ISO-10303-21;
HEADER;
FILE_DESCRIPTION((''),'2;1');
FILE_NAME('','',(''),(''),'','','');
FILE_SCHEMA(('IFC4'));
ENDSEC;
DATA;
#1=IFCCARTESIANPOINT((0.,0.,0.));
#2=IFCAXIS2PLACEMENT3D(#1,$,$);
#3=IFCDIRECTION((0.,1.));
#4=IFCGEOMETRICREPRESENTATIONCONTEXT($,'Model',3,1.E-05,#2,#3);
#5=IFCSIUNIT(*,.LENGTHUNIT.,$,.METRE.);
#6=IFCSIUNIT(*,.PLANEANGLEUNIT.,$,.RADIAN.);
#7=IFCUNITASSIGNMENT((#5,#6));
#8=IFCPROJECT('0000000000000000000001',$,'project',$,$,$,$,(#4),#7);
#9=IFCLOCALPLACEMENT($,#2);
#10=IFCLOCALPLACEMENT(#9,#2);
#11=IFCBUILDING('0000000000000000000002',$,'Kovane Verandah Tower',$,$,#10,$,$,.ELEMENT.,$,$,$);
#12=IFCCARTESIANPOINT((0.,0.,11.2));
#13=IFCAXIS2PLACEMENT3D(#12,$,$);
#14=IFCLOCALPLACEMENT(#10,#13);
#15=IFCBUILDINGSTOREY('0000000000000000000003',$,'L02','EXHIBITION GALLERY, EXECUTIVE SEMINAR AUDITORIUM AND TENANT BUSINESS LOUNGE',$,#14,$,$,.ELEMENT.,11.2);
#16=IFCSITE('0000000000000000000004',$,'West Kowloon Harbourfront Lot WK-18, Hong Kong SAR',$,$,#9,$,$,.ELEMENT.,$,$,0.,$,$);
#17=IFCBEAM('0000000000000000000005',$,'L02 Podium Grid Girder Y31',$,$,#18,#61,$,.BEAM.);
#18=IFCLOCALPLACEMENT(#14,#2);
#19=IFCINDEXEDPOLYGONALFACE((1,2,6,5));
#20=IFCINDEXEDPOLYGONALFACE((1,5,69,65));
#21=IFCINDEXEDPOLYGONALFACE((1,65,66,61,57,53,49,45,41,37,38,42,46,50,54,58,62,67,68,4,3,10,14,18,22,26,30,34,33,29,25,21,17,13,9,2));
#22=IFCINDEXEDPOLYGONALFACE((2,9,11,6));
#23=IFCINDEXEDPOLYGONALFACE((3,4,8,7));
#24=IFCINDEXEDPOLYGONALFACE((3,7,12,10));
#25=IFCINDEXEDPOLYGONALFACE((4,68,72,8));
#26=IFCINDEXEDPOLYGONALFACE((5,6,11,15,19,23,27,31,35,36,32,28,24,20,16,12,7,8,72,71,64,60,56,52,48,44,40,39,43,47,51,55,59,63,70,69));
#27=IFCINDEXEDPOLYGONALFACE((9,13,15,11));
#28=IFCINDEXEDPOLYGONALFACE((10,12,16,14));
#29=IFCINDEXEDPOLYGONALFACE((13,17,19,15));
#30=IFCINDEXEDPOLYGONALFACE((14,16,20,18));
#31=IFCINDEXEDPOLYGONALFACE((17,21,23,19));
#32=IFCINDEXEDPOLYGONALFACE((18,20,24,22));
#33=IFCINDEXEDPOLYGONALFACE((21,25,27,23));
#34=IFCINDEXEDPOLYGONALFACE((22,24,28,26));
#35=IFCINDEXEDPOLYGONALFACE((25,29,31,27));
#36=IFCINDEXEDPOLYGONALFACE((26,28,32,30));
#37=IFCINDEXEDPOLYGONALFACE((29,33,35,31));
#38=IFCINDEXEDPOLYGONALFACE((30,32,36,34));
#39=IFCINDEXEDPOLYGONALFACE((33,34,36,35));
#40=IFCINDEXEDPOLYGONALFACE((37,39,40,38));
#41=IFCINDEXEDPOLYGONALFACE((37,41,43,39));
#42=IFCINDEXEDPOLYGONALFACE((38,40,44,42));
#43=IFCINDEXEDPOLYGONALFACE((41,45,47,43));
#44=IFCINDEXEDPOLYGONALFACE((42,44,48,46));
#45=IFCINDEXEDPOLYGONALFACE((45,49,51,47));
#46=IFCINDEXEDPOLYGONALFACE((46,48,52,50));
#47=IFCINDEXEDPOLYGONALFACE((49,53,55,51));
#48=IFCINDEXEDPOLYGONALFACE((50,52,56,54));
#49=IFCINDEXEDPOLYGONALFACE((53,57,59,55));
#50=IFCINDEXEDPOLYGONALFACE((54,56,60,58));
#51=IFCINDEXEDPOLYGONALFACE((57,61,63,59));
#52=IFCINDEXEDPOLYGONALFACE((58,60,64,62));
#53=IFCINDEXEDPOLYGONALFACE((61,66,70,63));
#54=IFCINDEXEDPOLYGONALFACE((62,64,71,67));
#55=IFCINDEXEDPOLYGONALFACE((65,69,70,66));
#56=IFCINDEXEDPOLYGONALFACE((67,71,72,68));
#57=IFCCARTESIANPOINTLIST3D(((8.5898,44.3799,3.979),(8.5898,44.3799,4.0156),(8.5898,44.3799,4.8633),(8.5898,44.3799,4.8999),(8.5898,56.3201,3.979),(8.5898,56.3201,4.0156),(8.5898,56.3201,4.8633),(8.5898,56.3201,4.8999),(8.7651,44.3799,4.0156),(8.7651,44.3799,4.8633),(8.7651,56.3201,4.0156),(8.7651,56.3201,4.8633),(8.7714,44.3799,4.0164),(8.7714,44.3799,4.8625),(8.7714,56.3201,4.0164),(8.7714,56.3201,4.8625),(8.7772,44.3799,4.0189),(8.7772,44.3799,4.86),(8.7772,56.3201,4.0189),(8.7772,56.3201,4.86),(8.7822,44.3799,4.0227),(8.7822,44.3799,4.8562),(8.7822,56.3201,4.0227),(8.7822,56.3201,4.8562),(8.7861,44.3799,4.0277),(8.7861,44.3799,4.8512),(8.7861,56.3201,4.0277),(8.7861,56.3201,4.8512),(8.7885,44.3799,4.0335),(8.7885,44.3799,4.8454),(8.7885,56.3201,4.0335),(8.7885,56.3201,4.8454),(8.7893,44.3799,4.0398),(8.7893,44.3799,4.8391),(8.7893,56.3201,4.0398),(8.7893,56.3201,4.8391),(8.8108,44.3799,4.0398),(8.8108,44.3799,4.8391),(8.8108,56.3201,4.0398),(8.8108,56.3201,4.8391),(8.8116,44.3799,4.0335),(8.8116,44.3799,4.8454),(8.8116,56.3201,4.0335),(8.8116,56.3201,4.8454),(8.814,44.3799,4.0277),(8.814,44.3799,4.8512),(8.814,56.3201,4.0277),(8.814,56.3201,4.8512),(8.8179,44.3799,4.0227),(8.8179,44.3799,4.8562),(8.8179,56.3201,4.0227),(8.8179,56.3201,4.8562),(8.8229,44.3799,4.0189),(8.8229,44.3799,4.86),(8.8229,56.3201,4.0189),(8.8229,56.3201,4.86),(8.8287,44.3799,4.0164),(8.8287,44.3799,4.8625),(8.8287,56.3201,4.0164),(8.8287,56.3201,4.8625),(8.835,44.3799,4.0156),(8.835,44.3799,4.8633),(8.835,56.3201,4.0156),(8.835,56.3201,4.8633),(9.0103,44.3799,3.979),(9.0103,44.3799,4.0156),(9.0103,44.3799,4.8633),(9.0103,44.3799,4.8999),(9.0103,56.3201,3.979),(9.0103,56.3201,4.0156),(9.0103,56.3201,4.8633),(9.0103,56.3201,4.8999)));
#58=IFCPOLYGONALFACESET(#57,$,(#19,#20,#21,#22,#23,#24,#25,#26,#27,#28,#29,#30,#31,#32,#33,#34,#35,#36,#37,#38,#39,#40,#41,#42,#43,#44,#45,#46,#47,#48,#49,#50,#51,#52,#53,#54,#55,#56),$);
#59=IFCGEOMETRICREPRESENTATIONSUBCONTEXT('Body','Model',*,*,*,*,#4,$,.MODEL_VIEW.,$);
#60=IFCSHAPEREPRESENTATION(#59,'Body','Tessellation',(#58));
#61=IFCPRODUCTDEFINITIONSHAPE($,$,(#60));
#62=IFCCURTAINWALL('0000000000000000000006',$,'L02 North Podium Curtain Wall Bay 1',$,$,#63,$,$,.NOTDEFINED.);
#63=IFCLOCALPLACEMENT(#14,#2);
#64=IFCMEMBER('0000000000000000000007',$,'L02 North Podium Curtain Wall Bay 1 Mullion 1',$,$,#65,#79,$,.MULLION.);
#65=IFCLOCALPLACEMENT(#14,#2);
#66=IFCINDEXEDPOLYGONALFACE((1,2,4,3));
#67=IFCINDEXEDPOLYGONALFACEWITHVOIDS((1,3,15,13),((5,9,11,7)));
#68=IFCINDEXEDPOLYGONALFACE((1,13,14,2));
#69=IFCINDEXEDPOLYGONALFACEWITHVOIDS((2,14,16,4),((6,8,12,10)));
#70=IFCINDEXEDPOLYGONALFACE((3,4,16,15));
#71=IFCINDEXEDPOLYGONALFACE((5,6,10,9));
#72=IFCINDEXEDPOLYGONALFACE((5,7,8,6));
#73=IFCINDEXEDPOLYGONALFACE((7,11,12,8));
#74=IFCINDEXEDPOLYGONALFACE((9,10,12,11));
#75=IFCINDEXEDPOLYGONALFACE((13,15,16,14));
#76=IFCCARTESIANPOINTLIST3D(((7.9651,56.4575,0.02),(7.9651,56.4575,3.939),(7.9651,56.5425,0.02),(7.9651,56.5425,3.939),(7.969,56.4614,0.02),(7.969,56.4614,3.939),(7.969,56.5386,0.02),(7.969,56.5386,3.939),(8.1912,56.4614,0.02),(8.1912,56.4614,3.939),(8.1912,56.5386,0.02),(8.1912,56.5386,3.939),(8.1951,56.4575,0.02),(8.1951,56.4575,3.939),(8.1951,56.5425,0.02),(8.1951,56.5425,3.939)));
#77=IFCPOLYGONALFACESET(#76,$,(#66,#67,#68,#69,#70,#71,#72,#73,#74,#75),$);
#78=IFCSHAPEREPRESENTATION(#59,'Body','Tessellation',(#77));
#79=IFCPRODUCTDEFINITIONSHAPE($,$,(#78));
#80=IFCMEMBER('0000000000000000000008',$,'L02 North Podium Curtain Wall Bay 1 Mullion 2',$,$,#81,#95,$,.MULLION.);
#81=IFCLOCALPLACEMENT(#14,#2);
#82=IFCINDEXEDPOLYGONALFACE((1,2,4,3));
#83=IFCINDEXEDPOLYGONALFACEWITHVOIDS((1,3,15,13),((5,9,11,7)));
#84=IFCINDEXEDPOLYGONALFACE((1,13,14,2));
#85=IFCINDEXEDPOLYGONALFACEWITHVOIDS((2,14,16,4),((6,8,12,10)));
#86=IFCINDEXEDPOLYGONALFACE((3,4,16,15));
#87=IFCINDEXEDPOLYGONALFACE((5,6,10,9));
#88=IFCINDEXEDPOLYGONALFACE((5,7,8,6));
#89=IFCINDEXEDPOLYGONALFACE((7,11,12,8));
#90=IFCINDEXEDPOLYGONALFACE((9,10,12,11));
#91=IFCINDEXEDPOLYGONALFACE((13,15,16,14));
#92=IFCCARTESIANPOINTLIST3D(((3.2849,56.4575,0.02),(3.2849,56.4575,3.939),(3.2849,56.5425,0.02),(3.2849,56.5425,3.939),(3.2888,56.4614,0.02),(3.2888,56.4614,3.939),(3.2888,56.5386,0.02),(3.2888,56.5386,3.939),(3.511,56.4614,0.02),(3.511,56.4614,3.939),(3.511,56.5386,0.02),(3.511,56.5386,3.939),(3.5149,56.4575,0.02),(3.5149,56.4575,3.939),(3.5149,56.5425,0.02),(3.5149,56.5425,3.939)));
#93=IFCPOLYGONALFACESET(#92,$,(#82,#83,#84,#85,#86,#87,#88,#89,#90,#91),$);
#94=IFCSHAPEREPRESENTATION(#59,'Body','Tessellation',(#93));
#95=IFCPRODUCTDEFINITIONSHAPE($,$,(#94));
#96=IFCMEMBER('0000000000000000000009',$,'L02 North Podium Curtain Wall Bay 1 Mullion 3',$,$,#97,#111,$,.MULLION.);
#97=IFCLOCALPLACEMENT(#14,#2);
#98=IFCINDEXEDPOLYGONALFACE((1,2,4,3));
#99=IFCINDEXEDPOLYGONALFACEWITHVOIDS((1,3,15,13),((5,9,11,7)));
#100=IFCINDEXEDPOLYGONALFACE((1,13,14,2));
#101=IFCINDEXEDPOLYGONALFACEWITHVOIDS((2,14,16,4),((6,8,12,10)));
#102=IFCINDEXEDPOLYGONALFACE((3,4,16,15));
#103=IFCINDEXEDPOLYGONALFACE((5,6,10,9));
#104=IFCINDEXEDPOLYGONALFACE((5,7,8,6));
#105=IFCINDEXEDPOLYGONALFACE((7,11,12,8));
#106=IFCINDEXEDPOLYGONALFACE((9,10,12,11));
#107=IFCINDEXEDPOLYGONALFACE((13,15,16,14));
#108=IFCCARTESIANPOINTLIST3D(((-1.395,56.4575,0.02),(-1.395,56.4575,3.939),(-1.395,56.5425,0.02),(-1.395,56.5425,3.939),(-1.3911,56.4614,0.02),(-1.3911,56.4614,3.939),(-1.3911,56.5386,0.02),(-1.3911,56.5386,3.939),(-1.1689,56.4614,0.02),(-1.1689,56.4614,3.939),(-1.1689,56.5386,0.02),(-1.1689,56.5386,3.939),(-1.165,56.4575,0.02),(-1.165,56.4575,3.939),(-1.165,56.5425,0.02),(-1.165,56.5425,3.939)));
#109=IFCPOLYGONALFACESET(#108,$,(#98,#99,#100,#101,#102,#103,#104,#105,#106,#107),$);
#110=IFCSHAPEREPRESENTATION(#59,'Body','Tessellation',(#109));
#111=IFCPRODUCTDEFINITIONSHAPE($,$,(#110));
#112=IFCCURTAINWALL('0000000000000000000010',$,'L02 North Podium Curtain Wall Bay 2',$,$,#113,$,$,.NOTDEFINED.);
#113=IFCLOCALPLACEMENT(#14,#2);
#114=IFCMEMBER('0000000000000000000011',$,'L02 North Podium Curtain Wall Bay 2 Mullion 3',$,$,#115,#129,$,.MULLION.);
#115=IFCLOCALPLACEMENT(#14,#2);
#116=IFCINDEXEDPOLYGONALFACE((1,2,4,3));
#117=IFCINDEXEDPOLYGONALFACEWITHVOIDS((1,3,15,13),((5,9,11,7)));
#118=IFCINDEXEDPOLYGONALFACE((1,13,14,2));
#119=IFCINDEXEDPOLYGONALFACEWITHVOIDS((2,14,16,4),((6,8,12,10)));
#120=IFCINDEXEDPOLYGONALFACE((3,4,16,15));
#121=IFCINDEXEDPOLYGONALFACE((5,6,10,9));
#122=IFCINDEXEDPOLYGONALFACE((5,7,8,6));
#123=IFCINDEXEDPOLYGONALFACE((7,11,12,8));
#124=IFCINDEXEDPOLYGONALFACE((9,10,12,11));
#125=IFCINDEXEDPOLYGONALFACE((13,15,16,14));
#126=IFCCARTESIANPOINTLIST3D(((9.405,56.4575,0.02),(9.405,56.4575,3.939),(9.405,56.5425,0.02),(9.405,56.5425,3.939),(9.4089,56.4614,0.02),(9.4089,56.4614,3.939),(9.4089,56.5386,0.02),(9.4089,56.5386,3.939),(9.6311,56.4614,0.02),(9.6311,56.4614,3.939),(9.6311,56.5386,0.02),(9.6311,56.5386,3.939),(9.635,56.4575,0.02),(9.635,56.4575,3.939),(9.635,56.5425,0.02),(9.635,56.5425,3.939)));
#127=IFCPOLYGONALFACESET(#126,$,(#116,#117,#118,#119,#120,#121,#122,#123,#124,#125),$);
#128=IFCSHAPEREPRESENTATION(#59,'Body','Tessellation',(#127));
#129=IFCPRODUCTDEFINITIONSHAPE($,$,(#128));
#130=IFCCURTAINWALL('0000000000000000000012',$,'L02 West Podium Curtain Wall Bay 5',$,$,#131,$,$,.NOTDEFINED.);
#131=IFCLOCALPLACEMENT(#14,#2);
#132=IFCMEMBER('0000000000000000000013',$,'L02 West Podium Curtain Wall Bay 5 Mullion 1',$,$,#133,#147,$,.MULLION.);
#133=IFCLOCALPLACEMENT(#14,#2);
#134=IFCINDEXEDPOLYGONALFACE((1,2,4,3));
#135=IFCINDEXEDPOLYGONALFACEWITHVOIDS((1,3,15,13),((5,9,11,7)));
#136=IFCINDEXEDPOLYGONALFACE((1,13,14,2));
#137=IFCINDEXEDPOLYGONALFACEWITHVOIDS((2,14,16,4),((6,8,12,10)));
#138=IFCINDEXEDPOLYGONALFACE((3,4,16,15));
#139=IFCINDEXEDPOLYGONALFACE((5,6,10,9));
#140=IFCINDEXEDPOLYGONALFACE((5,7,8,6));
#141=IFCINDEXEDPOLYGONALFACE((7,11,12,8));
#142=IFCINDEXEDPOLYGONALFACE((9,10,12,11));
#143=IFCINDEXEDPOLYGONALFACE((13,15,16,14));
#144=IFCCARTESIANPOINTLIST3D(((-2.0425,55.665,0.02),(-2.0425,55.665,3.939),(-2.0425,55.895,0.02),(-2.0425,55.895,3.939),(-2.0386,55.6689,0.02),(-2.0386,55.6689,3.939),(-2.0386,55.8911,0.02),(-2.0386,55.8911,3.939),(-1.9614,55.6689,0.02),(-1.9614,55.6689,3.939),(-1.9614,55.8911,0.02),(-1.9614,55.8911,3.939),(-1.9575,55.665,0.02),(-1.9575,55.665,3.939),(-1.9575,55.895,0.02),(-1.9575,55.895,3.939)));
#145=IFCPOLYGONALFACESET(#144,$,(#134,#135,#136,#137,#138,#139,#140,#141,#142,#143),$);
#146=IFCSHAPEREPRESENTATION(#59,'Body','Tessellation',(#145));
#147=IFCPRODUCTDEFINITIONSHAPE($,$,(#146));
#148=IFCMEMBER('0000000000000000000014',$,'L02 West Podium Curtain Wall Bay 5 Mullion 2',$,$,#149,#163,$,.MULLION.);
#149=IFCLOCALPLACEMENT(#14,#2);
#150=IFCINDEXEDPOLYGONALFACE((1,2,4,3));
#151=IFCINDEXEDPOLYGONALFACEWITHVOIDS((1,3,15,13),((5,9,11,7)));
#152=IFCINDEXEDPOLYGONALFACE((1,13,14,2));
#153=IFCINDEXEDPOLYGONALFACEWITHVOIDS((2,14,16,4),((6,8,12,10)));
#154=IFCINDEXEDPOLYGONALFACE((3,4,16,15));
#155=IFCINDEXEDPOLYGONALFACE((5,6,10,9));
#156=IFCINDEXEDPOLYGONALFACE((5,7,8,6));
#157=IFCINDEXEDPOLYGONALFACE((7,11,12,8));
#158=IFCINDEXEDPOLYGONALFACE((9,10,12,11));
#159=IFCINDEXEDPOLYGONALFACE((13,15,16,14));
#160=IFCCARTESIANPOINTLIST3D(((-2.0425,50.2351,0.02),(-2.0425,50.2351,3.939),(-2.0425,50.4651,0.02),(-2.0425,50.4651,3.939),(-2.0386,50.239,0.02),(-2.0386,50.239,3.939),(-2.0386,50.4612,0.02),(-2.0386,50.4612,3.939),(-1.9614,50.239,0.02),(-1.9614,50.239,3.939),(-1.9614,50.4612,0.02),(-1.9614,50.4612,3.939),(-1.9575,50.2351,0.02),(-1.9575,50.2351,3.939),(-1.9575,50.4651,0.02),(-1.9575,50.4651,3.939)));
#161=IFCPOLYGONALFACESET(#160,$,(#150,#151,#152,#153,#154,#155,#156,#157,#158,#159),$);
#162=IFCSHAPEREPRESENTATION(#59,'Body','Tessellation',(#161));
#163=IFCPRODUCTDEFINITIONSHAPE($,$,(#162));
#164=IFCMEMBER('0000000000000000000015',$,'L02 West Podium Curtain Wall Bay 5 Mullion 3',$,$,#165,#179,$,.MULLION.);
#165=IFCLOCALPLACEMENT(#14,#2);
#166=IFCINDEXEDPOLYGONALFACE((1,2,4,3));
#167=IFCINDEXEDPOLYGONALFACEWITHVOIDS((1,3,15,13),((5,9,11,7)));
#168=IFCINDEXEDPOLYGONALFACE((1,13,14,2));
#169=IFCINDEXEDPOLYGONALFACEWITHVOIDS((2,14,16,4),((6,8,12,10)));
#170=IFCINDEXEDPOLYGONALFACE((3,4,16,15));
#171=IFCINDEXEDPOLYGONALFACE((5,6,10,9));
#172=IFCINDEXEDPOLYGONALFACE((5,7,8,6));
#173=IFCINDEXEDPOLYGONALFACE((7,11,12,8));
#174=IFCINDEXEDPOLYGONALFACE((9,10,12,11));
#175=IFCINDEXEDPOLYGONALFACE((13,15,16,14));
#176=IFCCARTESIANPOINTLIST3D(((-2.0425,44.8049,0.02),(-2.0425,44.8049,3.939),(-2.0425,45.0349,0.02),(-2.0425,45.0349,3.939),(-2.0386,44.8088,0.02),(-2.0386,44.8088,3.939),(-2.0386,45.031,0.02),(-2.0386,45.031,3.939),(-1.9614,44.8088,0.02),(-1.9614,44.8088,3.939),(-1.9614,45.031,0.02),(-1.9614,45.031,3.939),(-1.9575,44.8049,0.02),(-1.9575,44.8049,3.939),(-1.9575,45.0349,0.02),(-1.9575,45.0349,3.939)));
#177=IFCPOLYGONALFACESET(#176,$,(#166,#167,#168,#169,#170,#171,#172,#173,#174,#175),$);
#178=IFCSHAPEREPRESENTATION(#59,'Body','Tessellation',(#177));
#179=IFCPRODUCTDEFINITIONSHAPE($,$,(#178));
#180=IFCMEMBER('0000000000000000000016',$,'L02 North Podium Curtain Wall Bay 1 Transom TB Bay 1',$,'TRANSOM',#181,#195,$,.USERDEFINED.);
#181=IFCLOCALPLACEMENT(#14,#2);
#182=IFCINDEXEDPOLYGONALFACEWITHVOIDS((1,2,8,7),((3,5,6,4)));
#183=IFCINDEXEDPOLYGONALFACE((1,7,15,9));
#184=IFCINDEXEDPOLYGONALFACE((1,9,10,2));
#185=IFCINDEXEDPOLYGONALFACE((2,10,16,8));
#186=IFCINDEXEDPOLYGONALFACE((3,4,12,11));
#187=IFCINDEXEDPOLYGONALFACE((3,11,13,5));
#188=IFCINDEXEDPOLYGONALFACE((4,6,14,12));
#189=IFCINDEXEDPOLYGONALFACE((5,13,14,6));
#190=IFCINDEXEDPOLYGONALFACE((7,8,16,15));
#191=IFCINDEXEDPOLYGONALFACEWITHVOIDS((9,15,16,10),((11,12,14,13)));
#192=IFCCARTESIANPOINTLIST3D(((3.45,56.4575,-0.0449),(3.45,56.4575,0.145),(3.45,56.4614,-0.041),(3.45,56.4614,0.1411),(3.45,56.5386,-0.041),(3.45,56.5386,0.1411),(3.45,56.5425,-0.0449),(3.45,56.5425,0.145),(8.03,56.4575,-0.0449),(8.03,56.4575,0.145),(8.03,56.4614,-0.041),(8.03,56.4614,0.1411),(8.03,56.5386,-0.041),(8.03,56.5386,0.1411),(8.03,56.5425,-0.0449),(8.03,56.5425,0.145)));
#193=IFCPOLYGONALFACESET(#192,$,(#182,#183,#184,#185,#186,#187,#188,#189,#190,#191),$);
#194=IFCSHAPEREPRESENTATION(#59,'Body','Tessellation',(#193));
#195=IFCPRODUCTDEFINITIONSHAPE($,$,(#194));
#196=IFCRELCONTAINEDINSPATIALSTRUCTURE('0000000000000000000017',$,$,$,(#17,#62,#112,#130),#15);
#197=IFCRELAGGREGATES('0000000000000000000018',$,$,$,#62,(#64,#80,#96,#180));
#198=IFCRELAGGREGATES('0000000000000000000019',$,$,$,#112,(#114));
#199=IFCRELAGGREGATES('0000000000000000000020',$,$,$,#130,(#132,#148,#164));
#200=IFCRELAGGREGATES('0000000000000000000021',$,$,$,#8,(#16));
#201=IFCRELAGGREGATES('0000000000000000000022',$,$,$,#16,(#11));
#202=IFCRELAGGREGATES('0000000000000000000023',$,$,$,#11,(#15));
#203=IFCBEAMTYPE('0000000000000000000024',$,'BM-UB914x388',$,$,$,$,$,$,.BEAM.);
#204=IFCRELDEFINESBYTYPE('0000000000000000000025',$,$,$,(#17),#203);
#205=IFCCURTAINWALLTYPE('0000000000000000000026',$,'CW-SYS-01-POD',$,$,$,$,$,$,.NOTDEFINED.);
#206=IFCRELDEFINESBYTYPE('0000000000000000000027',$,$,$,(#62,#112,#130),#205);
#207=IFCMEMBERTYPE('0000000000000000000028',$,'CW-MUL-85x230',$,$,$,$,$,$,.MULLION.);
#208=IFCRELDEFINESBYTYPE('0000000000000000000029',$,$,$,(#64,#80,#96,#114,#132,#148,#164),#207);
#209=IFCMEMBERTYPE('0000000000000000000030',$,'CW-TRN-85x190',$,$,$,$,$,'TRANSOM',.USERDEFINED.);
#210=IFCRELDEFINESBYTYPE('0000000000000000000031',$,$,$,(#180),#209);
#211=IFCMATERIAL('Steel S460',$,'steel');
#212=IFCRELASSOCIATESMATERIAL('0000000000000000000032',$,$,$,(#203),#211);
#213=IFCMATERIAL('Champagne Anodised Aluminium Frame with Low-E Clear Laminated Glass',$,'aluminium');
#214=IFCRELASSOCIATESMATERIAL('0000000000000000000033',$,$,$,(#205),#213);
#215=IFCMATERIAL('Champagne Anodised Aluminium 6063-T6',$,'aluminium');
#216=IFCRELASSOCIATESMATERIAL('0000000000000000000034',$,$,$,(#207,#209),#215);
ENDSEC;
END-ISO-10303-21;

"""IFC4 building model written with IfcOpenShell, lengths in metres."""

from ifc_helpers import new_model, si_unit, direction, frame, origin, origin_2d, place, context, subcontext, project, spatial, hollow_rectangle, i_section, extrude, material, material_profile, profile_set, type_object, element, aggregate, save


model = new_model("IFC4")

# Units and contexts
model_context = context("Model", 3, precision=1e-05, world=origin(), true_north=direction((0.0, 1.0)))
body_context = subcontext(model_context, "Body", "Model", "MODEL_VIEW")
ifc_project = project(units=[si_unit("LENGTHUNIT", "METRE"), si_unit("PLANEANGLEUNIT", "RADIAN")], contexts=[model_context])

# Site, building, storey
site_placement = place(None, origin())
site = spatial("IfcSite", under=ifc_project, at=site_placement, Name="West Kowloon Harbourfront Lot WK-18, Hong Kong SAR", CompositionType="ELEMENT", RefElevation=0.0)
building_placement = place(site_placement, origin())
building = spatial("IfcBuilding", under=site, at=building_placement, Name="Kovane Verandah Tower", CompositionType="ELEMENT")
storey_placement = place(building_placement, frame((0.0, 0.0, 11.2)))
storey = spatial("IfcBuildingStorey", under=building, at=storey_placement, Name="L02", Description="EXHIBITION GALLERY, EXECUTIVE SEMINAR AUDITORIUM AND TENANT BUSINESS LOUNGE", CompositionType="ELEMENT", Elevation=11.2)

# Beam
ifc_material_1 = material(Name="Steel S460", Category="steel")
ifc_material_profile_1 = material_profile(ifc_material_1, i_section(OverallWidth=0.4204, OverallDepth=0.9209, WebThickness=0.0215, FlangeThickness=0.0366, FilletRadius=0.0242, at=origin_2d()), Name="UB914x419x388")
ifc_profile_set_1 = profile_set([ifc_material_profile_1], Name="Steel S460")
beam_type_1 = type_object("IfcBeamType", Name="BM-UB914x388", PredefinedType="BEAM", material=ifc_profile_set_1)
for number, where, z_axis, x_axis, name in (
    (1, (8.8, 44.3799, 4.4395), (0.0, 1.0, 0.0), (-1.0, 0.0, 0.0), "L02 Podium Grid Girder Y31"),
):
    element("IfcBeam", number, at=place(storey_placement, frame(where, z_axis=z_axis, x_axis=x_axis)), inside=storey, type_object=beam_type_1, Name=name, PredefinedType="BEAM", context=body_context, shape_type="SweptSolid", body=[
        extrude(i_section(OverallWidth=0.4204, OverallDepth=0.9209, WebThickness=0.0215, FlangeThickness=0.0366, FilletRadius=0.0242, at=origin_2d()), origin(), (0.0, 0.0, 1.0), 11.9402),
    ])

# Curtain wall, members
ifc_material_2 = material(Name="Champagne Anodised Aluminium Frame with Low-E Clear Laminated Glass", Category="aluminium")
curtain_wall_type = type_object("IfcCurtainWallType", Name="CW-SYS-01-POD", PredefinedType="NOTDEFINED", material=ifc_material_2)
curtain_wall_1_placement = place(storey_placement, origin())
curtain_wall_1 = element("IfcCurtainWall", 2, at=curtain_wall_1_placement, inside=storey, type_object=curtain_wall_type, Name="L02 North Podium Curtain Wall Bay 1", PredefinedType="NOTDEFINED")
ifc_material_3 = material(Name="Champagne Anodised Aluminium 6063-T6", Category="aluminium")
ifc_material_profile_2 = material_profile(ifc_material_3, hollow_rectangle(XDim=0.085, YDim=0.23, WallThickness=0.0039, at=origin_2d()), Name="AL85x230x4")
ifc_profile_set_2 = profile_set([ifc_material_profile_2], Name="Champagne Anodised Aluminium 6063-T6")
member_type_1 = type_object("IfcMemberType", Name="CW-MUL-85x230", PredefinedType="MULLION", material=ifc_profile_set_2)
member_1_placement = place(storey_placement, frame((8.0801, 56.5, 0.02), z_axis=(0.0, 0.0, 1.0), x_axis=(0.0, 1.0, 0.0)))
member_1 = element("IfcMember", 3, at=member_1_placement, type_object=member_type_1, Name="L02 North Podium Curtain Wall Bay 1 Mullion 1", PredefinedType="MULLION", context=body_context, shape_type="SweptSolid", body=[
    extrude(hollow_rectangle(XDim=0.085, YDim=0.23, WallThickness=0.0039, at=origin_2d()), origin(), (0.0, 0.0, 1.0), 3.9189),
])
member_2_placement = place(storey_placement, frame((3.3999, 56.5, 0.02), z_axis=(0.0, 0.0, 1.0), x_axis=(0.0, 1.0, 0.0)))
member_2 = element("IfcMember", 4, at=member_2_placement, type_object=member_type_1, Name="L02 North Podium Curtain Wall Bay 1 Mullion 2", PredefinedType="MULLION", context=body_context, shape_type="SweptSolid", body=[
    extrude(hollow_rectangle(XDim=0.085, YDim=0.23, WallThickness=0.0039, at=origin_2d()), origin(), (0.0, 0.0, 1.0), 3.9189),
])
member_3_placement = place(storey_placement, frame((-1.28, 56.5, 0.02), z_axis=(0.0, 0.0, 1.0), x_axis=(0.0, 1.0, 0.0)))
member_3 = element("IfcMember", 5, at=member_3_placement, type_object=member_type_1, Name="L02 North Podium Curtain Wall Bay 1 Mullion 3", PredefinedType="MULLION", context=body_context, shape_type="SweptSolid", body=[
    extrude(hollow_rectangle(XDim=0.085, YDim=0.23, WallThickness=0.0039, at=origin_2d()), origin(), (0.0, 0.0, 1.0), 3.9189),
])

# Curtain wall, member
curtain_wall_2_placement = place(storey_placement, origin())
curtain_wall_2 = element("IfcCurtainWall", 6, at=curtain_wall_2_placement, inside=storey, type_object=curtain_wall_type, Name="L02 North Podium Curtain Wall Bay 2", PredefinedType="NOTDEFINED")
member_4_placement = place(storey_placement, frame((9.52, 56.5, 0.02), z_axis=(0.0, 0.0, 1.0), x_axis=(0.0, 1.0, 0.0)))
member_4 = element("IfcMember", 7, at=member_4_placement, type_object=member_type_1, Name="L02 North Podium Curtain Wall Bay 2 Mullion 3", PredefinedType="MULLION", context=body_context, shape_type="SweptSolid", body=[
    extrude(hollow_rectangle(XDim=0.085, YDim=0.23, WallThickness=0.0039, at=origin_2d()), origin(), (0.0, 0.0, 1.0), 3.9189),
])

# Curtain wall, members
curtain_wall_3_placement = place(storey_placement, origin())
curtain_wall_3 = element("IfcCurtainWall", 8, at=curtain_wall_3_placement, inside=storey, type_object=curtain_wall_type, Name="L02 West Podium Curtain Wall Bay 5", PredefinedType="NOTDEFINED")
member_5_placement = place(storey_placement, frame((-2.0, 55.78, 0.02), z_axis=(0.0, 0.0, 1.0), x_axis=(-1.0, 0.0, 0.0)))
member_5 = element("IfcMember", 9, at=member_5_placement, type_object=member_type_1, Name="L02 West Podium Curtain Wall Bay 5 Mullion 1", PredefinedType="MULLION", context=body_context, shape_type="SweptSolid", body=[
    extrude(hollow_rectangle(XDim=0.085, YDim=0.23, WallThickness=0.0039, at=origin_2d()), origin(), (0.0, 0.0, 1.0), 3.9189),
])
member_6_placement = place(storey_placement, frame((-2.0, 50.3501, 0.02), z_axis=(0.0, 0.0, 1.0), x_axis=(-1.0, 0.0, 0.0)))
member_6 = element("IfcMember", 10, at=member_6_placement, type_object=member_type_1, Name="L02 West Podium Curtain Wall Bay 5 Mullion 2", PredefinedType="MULLION", context=body_context, shape_type="SweptSolid", body=[
    extrude(hollow_rectangle(XDim=0.085, YDim=0.23, WallThickness=0.0039, at=origin_2d()), origin(), (0.0, 0.0, 1.0), 3.9189),
])
member_7_placement = place(storey_placement, frame((-2.0, 44.9199, 0.02), z_axis=(0.0, 0.0, 1.0), x_axis=(-1.0, 0.0, 0.0)))
member_7 = element("IfcMember", 11, at=member_7_placement, type_object=member_type_1, Name="L02 West Podium Curtain Wall Bay 5 Mullion 3", PredefinedType="MULLION", context=body_context, shape_type="SweptSolid", body=[
    extrude(hollow_rectangle(XDim=0.085, YDim=0.23, WallThickness=0.0039, at=origin_2d()), origin(), (0.0, 0.0, 1.0), 3.9189),
])

# Member
ifc_material_profile_3 = material_profile(ifc_material_3, hollow_rectangle(XDim=0.085, YDim=0.1899, WallThickness=0.0039, at=origin_2d()), Name="AL85x190x4")
ifc_profile_set_3 = profile_set([ifc_material_profile_3], Name="Champagne Anodised Aluminium 6063-T6")
member_type_2 = type_object("IfcMemberType", Name="CW-TRN-85x190", ElementType="TRANSOM", PredefinedType="USERDEFINED", material=ifc_profile_set_3)
member_8_placement = place(storey_placement, frame((8.03, 56.5, 0.05), z_axis=(-1.0, 0.0, 0.0), x_axis=(0.0, -1.0, 0.0)))
member_8 = element("IfcMember", 12, at=member_8_placement, type_object=member_type_2, Name="L02 North Podium Curtain Wall Bay 1 Transom TB Bay 1", ObjectType="TRANSOM", PredefinedType="USERDEFINED", context=body_context, shape_type="SweptSolid", body=[
    extrude(hollow_rectangle(XDim=0.085, YDim=0.1899, WallThickness=0.0039, at=origin_2d()), origin(), (0.0, 0.0, 1.0), 4.5801),
])

aggregate(curtain_wall_1, [member_1, member_2, member_3, member_8])
aggregate(curtain_wall_2, [member_4])
aggregate(curtain_wall_3, [member_5, member_6, member_7])

save(model, "model.ifc")
